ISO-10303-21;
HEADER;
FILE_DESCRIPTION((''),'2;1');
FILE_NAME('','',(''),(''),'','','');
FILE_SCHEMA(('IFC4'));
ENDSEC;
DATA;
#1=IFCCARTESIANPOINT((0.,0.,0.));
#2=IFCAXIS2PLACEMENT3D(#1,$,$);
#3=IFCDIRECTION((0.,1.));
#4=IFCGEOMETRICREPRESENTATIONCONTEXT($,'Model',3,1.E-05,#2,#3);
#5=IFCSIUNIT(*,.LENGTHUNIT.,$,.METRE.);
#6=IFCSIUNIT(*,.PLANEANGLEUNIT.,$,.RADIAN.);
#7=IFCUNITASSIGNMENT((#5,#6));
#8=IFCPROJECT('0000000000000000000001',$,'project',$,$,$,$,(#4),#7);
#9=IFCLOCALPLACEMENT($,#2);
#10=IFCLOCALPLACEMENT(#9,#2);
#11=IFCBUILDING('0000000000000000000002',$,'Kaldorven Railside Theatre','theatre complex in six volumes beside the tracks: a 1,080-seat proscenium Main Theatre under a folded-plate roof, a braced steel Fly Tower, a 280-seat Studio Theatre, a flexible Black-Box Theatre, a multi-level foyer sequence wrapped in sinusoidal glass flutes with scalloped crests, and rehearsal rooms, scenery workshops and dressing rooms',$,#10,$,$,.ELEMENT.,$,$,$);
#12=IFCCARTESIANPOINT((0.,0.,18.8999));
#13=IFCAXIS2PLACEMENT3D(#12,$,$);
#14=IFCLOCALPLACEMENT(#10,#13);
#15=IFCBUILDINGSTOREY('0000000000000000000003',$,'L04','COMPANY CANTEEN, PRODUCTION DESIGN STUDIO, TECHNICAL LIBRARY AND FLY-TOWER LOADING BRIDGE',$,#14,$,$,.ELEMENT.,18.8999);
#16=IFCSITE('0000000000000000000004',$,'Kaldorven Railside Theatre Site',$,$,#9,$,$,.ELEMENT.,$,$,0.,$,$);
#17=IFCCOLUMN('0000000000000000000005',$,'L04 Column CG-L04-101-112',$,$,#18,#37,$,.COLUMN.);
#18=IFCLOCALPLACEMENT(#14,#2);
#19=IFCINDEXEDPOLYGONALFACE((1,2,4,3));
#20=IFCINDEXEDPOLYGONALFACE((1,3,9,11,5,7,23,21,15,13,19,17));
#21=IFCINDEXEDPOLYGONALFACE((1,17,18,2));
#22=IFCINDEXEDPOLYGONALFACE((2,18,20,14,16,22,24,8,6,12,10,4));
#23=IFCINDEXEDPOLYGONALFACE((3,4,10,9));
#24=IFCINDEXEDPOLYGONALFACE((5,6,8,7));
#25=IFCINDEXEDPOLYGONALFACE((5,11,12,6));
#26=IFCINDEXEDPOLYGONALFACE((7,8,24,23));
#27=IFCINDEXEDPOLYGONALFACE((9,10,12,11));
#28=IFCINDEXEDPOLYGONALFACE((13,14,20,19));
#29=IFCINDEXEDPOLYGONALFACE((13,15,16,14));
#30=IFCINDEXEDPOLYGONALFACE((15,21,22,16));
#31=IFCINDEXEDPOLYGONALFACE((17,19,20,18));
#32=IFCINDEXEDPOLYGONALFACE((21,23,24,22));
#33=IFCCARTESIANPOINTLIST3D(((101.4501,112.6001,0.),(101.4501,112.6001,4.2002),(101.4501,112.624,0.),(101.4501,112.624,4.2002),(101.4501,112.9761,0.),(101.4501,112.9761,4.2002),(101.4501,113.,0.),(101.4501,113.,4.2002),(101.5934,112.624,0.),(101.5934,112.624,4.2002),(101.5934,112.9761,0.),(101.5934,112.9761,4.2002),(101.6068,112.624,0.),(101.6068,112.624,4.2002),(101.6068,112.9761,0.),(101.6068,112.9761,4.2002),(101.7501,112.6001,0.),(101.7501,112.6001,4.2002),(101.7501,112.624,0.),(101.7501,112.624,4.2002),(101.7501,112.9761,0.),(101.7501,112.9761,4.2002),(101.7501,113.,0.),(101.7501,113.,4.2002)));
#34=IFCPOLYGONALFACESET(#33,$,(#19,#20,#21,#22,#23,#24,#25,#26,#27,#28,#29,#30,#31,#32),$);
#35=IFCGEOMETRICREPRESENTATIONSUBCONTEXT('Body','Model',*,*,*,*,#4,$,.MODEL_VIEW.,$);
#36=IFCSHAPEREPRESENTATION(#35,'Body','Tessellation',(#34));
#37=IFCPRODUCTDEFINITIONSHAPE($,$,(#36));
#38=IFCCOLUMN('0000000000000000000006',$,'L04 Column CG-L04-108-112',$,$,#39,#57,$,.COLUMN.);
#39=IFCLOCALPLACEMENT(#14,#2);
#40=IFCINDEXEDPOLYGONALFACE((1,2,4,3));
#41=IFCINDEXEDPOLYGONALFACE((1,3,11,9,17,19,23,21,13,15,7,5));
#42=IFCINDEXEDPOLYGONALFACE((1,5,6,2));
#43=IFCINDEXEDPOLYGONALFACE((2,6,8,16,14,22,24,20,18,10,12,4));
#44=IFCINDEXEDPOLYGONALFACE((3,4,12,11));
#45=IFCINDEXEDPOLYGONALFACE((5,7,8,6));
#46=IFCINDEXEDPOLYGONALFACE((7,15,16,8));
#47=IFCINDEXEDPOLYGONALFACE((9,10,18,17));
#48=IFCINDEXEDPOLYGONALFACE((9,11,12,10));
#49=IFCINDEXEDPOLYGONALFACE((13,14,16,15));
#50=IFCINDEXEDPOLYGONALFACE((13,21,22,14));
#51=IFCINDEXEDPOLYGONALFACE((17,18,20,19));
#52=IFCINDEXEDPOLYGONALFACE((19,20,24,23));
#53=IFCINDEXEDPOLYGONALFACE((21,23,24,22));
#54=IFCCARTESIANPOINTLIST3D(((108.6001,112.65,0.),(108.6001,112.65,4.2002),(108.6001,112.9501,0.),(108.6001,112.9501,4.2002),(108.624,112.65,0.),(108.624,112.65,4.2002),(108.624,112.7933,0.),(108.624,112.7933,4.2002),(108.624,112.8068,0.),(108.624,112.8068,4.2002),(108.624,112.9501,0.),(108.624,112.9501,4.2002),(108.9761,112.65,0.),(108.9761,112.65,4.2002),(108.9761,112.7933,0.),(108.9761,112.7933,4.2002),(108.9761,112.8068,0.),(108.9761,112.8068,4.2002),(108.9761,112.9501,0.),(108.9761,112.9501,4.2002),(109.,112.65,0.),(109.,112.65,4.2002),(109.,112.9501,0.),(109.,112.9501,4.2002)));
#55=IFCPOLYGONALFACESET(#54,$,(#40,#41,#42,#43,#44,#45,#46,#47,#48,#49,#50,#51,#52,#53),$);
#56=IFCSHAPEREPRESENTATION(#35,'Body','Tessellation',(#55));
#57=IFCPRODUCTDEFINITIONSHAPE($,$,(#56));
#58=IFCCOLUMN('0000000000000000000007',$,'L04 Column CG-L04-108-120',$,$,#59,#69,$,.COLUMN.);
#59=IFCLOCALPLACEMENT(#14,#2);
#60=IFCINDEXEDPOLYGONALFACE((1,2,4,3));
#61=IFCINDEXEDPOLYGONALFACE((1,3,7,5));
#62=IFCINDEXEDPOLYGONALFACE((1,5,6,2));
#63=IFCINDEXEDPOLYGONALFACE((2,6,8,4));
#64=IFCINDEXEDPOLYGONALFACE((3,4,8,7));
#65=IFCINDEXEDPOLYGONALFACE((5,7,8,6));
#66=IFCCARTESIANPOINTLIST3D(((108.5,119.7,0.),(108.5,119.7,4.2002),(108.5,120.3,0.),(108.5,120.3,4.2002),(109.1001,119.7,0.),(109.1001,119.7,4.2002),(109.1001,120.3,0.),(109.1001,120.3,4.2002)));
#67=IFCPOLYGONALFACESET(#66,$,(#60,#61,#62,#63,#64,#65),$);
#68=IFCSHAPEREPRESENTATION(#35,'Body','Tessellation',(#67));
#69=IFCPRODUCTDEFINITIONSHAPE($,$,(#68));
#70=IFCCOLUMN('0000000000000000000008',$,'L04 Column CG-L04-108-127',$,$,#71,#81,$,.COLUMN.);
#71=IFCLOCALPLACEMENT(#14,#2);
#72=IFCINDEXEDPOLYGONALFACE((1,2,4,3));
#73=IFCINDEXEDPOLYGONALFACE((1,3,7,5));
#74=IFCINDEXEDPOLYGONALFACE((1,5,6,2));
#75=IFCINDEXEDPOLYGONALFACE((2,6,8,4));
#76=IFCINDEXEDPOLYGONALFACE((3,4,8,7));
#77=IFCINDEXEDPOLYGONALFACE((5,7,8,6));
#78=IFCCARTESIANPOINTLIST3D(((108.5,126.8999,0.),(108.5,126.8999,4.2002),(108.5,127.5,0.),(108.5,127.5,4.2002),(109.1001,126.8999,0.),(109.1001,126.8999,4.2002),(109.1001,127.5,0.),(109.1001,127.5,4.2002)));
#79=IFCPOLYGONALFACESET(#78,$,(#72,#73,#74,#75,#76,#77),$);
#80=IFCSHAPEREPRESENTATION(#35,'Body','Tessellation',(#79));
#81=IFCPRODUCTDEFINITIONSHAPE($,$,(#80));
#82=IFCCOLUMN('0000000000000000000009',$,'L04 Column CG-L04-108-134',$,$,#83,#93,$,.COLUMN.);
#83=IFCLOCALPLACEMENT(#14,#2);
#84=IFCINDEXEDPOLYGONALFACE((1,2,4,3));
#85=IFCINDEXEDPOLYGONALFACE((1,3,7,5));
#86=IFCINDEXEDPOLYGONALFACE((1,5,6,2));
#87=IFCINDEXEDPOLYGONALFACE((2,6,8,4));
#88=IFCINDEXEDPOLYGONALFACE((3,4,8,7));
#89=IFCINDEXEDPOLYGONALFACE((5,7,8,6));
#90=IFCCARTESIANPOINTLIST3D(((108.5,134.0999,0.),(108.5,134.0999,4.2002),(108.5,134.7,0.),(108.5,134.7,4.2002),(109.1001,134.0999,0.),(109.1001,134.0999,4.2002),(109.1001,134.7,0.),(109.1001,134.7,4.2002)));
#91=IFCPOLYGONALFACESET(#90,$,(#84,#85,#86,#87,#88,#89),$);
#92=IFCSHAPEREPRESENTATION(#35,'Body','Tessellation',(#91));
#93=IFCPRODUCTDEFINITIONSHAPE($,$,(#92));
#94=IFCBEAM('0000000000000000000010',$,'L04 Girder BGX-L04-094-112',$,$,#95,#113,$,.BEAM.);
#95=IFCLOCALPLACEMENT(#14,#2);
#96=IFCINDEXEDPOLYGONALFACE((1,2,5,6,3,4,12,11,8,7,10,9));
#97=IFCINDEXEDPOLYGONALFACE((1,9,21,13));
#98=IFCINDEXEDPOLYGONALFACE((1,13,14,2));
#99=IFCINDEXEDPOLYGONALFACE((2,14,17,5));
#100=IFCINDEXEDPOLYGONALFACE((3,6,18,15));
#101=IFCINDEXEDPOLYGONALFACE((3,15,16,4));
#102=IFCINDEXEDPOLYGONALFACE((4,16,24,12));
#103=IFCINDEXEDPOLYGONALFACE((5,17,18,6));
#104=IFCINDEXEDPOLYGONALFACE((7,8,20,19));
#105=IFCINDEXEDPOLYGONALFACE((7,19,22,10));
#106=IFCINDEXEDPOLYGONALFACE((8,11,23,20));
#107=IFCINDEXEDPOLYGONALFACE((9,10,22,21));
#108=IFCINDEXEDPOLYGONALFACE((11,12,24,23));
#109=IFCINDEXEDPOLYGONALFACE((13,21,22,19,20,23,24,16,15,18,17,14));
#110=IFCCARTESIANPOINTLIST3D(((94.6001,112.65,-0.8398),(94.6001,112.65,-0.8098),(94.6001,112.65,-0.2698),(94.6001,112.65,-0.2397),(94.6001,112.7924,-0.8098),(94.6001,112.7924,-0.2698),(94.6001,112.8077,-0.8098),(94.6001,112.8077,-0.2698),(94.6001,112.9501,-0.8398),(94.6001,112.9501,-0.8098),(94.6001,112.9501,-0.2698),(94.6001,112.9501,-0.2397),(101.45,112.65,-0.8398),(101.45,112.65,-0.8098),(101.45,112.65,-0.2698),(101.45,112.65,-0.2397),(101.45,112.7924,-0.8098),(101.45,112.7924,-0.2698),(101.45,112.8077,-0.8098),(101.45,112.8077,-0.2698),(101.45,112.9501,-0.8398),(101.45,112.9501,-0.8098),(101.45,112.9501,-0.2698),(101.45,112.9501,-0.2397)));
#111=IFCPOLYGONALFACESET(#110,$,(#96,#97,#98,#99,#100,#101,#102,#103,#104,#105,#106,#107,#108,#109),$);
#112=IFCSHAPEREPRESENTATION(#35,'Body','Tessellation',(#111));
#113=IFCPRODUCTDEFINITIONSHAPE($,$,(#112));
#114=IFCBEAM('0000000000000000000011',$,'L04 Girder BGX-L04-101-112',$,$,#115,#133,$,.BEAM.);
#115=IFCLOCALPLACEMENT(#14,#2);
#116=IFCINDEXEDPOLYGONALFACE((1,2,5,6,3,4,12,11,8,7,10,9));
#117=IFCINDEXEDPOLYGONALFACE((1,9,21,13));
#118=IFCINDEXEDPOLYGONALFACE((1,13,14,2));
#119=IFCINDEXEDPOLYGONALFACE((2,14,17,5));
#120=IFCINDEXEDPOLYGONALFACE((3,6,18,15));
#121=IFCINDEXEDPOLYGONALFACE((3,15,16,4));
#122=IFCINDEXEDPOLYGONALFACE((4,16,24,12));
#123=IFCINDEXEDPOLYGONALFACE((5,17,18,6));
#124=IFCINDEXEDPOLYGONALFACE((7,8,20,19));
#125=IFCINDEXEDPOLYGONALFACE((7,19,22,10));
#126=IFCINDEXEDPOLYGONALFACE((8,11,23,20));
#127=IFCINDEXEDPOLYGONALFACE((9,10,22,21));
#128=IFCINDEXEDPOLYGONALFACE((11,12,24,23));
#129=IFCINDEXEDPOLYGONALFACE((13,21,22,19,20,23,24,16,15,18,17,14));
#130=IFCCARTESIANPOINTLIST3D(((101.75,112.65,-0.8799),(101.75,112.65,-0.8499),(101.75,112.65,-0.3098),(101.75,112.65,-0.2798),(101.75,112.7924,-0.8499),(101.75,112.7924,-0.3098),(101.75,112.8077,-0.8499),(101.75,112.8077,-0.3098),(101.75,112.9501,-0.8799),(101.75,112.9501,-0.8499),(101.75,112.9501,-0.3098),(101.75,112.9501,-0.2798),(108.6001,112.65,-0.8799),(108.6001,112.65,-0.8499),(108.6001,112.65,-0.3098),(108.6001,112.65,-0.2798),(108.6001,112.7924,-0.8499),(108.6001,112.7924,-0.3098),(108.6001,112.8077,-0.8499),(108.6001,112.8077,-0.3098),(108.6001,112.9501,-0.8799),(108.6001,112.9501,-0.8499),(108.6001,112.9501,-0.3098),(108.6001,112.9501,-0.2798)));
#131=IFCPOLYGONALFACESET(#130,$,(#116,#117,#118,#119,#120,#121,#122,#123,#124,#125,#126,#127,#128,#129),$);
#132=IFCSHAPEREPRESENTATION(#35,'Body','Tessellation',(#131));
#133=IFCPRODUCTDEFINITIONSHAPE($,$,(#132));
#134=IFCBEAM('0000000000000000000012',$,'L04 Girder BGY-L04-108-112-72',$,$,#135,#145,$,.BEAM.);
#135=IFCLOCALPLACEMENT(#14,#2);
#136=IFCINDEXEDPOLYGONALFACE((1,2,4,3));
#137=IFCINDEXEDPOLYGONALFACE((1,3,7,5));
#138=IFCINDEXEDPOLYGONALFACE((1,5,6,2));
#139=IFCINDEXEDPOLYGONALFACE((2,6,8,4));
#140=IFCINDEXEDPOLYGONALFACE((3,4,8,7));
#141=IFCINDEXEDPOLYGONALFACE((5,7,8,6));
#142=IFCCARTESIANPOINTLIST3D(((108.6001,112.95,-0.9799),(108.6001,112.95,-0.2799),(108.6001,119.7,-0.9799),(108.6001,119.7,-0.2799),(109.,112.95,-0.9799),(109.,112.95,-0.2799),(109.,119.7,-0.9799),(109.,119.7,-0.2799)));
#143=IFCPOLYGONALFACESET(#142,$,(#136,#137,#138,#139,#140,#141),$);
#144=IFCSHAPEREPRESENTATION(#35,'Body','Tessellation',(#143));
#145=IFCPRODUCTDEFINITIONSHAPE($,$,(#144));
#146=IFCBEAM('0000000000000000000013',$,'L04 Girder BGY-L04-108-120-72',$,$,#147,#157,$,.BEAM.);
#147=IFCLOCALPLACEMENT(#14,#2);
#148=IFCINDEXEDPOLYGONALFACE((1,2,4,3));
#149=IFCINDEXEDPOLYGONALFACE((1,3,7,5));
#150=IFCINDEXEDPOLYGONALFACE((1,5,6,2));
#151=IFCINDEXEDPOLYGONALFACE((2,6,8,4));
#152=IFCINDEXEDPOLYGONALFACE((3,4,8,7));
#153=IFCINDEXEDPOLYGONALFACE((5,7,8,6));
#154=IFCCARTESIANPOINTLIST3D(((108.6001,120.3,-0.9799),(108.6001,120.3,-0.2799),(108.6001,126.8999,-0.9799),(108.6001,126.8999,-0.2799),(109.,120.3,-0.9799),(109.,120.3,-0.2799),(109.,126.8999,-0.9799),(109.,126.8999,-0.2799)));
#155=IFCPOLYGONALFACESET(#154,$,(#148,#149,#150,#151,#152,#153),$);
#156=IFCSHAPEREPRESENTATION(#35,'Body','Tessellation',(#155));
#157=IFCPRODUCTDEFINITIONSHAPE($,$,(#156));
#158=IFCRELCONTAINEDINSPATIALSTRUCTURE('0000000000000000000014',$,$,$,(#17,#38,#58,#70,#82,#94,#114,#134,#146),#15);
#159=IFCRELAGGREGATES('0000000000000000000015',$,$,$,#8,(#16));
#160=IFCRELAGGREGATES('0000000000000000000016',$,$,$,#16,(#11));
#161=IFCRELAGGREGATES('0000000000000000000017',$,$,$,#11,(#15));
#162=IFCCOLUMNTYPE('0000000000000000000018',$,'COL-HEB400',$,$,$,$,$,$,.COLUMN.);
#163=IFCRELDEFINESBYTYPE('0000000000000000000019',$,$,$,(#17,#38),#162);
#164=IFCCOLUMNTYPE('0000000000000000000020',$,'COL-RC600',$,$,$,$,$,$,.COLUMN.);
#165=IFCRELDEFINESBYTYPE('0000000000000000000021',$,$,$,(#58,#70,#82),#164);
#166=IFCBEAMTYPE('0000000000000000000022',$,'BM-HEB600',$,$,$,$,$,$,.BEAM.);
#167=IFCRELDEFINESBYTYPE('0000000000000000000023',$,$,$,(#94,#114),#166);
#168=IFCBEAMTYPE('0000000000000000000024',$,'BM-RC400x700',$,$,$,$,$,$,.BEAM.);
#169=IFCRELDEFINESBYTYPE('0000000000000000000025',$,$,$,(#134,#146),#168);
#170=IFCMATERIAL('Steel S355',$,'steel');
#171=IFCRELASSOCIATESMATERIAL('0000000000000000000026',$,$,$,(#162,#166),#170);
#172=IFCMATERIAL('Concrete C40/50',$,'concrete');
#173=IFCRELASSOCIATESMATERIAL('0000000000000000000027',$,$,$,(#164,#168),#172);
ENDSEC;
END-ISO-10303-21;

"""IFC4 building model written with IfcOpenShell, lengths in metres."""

from ifc_helpers import new_model, si_unit, direction, frame, origin, origin_2d, place, context, subcontext, project, spatial, rectangle, i_section, extrude, material, material_profile, profile_set, type_object, element, save


model = new_model("IFC4")

# Units and contexts
model_context = context("Model", 3, precision=1e-05, world=origin(), true_north=direction((0.0, 1.0)))
body_context = subcontext(model_context, "Body", "Model", "MODEL_VIEW")
ifc_project = project(units=[si_unit("LENGTHUNIT", "METRE"), si_unit("PLANEANGLEUNIT", "RADIAN")], contexts=[model_context])

# Site, building, storey
site_placement = place(None, origin())
site = spatial("IfcSite", under=ifc_project, at=site_placement, Name="Kaldorven Railside Theatre Site", CompositionType="ELEMENT", RefElevation=0.0)
building_placement = place(site_placement, origin())
building = spatial("IfcBuilding", under=site, at=building_placement, Name="Kaldorven Railside Theatre", Description="theatre complex in six volumes beside the tracks: a 1,080-seat proscenium Main Theatre under a folded-plate roof, a braced steel Fly Tower, a 280-seat Studio Theatre, a flexible Black-Box Theatre, a multi-level foyer sequence wrapped in sinusoidal glass flutes with scalloped crests, and rehearsal rooms, scenery workshops and dressing rooms", CompositionType="ELEMENT")
storey_placement = place(building_placement, frame((0.0, 0.0, 18.8999)))
storey = spatial("IfcBuildingStorey", under=building, at=storey_placement, Name="L04", Description="COMPANY CANTEEN, PRODUCTION DESIGN STUDIO, TECHNICAL LIBRARY AND FLY-TOWER LOADING BRIDGE", CompositionType="ELEMENT", Elevation=18.8999)

# Columns
ifc_material_1 = material(Name="Steel S355", Category="steel")
ifc_material_profile_1 = material_profile(ifc_material_1, i_section(OverallWidth=0.3, OverallDepth=0.3999, WebThickness=0.0134, FlangeThickness=0.0239, at=origin_2d()), Name="HEB 400")
ifc_profile_set_1 = profile_set([ifc_material_profile_1], Name="Steel S355")
column_type_1 = type_object("IfcColumnType", Name="COL-HEB400", PredefinedType="COLUMN", material=ifc_profile_set_1)
for number, where, z_axis, x_axis, name in (
    (1, (101.6001, 112.8, 0.0), (0.0, 0.0, 1.0), (1.0, 0.0, 0.0), "L04 Column CG-L04-101-112"),
    (2, (108.8, 112.8, 0.0), (0.0, 0.0, 1.0), (0.0, 1.0, 0.0), "L04 Column CG-L04-108-112"),
):
    element("IfcColumn", number, at=place(storey_placement, frame(where, z_axis=z_axis, x_axis=x_axis)), inside=storey, type_object=column_type_1, Name=name, PredefinedType="COLUMN", context=body_context, shape_type="SweptSolid", body=[
        extrude(i_section(OverallWidth=0.3, OverallDepth=0.3999, WebThickness=0.0134, FlangeThickness=0.0239, at=origin_2d()), origin(), (0.0, 0.0, 1.0), 4.2002),
    ])
ifc_material_2 = material(Name="Concrete C40/50", Category="concrete")
ifc_material_profile_2 = material_profile(ifc_material_2, rectangle(XDim=0.6001, YDim=0.6001, at=origin_2d()), Name="RC 600x600")
ifc_profile_set_2 = profile_set([ifc_material_profile_2], Name="Concrete C40/50")
column_type_2 = type_object("IfcColumnType", Name="COL-RC600", PredefinedType="COLUMN", material=ifc_profile_set_2)
for number, where, z_axis, x_axis, name in (
    (3, (108.8, 120.0, 0.0), (0.0, 0.0, 1.0), (1.0, 0.0, 0.0), "L04 Column CG-L04-108-120"),
    (4, (108.8, 127.2, 0.0), (0.0, 0.0, 1.0), (1.0, 0.0, 0.0), "L04 Column CG-L04-108-127"),
    (5, (108.8, 134.3999, 0.0), (0.0, 0.0, 1.0), (0.0, 1.0, 0.0), "L04 Column CG-L04-108-134"),
):
    element("IfcColumn", number, at=place(storey_placement, frame(where, z_axis=z_axis, x_axis=x_axis)), inside=storey, type_object=column_type_2, Name=name, PredefinedType="COLUMN", context=body_context, shape_type="SweptSolid", body=[
        extrude(rectangle(XDim=0.6001, YDim=0.6001, at=origin_2d()), origin(), (0.0, 0.0, 1.0), 4.2002),
    ])

# Beams
ifc_material_profile_3 = material_profile(ifc_material_1, i_section(OverallWidth=0.3, OverallDepth=0.6001, WebThickness=0.0154, FlangeThickness=0.03, at=origin_2d()), Name="HEB 600")
ifc_profile_set_3 = profile_set([ifc_material_profile_3], Name="Steel S355")
beam_type_1 = type_object("IfcBeamType", Name="BM-HEB600", PredefinedType="BEAM", material=ifc_profile_set_3)
beam_1_placement = place(storey_placement, frame((94.6001, 112.8, -0.5398), z_axis=(1.0, 0.0, 0.0), x_axis=(0.0, 1.0, 0.0)))
element("IfcBeam", 6, at=beam_1_placement, inside=storey, type_object=beam_type_1, Name="L04 Girder BGX-L04-094-112", PredefinedType="BEAM", context=body_context, shape_type="SweptSolid", body=[
    extrude(i_section(OverallWidth=0.3, OverallDepth=0.6001, WebThickness=0.0154, FlangeThickness=0.03, at=origin_2d()), origin(), (0.0, 0.0, 1.0), 6.8499),
])
beam_2_placement = place(storey_placement, frame((101.75, 112.8, -0.5798), z_axis=(1.0, 0.0, 0.0), x_axis=(0.0, 1.0, 0.0)))
element("IfcBeam", 7, at=beam_2_placement, inside=storey, type_object=beam_type_1, Name="L04 Girder BGX-L04-101-112", PredefinedType="BEAM", context=body_context, shape_type="SweptSolid", body=[
    extrude(i_section(OverallWidth=0.3, OverallDepth=0.6001, WebThickness=0.0154, FlangeThickness=0.03, at=origin_2d()), origin(), (0.0, 0.0, 1.0), 6.8501),
])
ifc_material_profile_4 = material_profile(ifc_material_2, rectangle(XDim=0.3999, YDim=0.7, at=origin_2d()), Name="RC 400x700")
ifc_profile_set_4 = profile_set([ifc_material_profile_4], Name="Concrete C40/50")
beam_type_2 = type_object("IfcBeamType", Name="BM-RC400x700", PredefinedType="BEAM", material=ifc_profile_set_4)
beam_3_placement = place(storey_placement, frame((108.8, 112.95, -0.6299), z_axis=(0.0, 1.0, 0.0), x_axis=(-1.0, 0.0, 0.0)))
element("IfcBeam", 8, at=beam_3_placement, inside=storey, type_object=beam_type_2, Name="L04 Girder BGY-L04-108-112-72", PredefinedType="BEAM", context=body_context, shape_type="SweptSolid", body=[
    extrude(rectangle(XDim=0.3999, YDim=0.7, at=origin_2d()), origin(), (0.0, 0.0, 1.0), 6.75),
])
beam_4_placement = place(storey_placement, frame((108.8, 120.3, -0.6299), z_axis=(0.0, 1.0, 0.0), x_axis=(-1.0, 0.0, 0.0)))
element("IfcBeam", 9, at=beam_4_placement, inside=storey, type_object=beam_type_2, Name="L04 Girder BGY-L04-108-120-72", PredefinedType="BEAM", context=body_context, shape_type="SweptSolid", body=[
    extrude(rectangle(XDim=0.3999, YDim=0.7, at=origin_2d()), origin(), (0.0, 0.0, 1.0), 6.5999),
])

save(model, "model.ifc")
